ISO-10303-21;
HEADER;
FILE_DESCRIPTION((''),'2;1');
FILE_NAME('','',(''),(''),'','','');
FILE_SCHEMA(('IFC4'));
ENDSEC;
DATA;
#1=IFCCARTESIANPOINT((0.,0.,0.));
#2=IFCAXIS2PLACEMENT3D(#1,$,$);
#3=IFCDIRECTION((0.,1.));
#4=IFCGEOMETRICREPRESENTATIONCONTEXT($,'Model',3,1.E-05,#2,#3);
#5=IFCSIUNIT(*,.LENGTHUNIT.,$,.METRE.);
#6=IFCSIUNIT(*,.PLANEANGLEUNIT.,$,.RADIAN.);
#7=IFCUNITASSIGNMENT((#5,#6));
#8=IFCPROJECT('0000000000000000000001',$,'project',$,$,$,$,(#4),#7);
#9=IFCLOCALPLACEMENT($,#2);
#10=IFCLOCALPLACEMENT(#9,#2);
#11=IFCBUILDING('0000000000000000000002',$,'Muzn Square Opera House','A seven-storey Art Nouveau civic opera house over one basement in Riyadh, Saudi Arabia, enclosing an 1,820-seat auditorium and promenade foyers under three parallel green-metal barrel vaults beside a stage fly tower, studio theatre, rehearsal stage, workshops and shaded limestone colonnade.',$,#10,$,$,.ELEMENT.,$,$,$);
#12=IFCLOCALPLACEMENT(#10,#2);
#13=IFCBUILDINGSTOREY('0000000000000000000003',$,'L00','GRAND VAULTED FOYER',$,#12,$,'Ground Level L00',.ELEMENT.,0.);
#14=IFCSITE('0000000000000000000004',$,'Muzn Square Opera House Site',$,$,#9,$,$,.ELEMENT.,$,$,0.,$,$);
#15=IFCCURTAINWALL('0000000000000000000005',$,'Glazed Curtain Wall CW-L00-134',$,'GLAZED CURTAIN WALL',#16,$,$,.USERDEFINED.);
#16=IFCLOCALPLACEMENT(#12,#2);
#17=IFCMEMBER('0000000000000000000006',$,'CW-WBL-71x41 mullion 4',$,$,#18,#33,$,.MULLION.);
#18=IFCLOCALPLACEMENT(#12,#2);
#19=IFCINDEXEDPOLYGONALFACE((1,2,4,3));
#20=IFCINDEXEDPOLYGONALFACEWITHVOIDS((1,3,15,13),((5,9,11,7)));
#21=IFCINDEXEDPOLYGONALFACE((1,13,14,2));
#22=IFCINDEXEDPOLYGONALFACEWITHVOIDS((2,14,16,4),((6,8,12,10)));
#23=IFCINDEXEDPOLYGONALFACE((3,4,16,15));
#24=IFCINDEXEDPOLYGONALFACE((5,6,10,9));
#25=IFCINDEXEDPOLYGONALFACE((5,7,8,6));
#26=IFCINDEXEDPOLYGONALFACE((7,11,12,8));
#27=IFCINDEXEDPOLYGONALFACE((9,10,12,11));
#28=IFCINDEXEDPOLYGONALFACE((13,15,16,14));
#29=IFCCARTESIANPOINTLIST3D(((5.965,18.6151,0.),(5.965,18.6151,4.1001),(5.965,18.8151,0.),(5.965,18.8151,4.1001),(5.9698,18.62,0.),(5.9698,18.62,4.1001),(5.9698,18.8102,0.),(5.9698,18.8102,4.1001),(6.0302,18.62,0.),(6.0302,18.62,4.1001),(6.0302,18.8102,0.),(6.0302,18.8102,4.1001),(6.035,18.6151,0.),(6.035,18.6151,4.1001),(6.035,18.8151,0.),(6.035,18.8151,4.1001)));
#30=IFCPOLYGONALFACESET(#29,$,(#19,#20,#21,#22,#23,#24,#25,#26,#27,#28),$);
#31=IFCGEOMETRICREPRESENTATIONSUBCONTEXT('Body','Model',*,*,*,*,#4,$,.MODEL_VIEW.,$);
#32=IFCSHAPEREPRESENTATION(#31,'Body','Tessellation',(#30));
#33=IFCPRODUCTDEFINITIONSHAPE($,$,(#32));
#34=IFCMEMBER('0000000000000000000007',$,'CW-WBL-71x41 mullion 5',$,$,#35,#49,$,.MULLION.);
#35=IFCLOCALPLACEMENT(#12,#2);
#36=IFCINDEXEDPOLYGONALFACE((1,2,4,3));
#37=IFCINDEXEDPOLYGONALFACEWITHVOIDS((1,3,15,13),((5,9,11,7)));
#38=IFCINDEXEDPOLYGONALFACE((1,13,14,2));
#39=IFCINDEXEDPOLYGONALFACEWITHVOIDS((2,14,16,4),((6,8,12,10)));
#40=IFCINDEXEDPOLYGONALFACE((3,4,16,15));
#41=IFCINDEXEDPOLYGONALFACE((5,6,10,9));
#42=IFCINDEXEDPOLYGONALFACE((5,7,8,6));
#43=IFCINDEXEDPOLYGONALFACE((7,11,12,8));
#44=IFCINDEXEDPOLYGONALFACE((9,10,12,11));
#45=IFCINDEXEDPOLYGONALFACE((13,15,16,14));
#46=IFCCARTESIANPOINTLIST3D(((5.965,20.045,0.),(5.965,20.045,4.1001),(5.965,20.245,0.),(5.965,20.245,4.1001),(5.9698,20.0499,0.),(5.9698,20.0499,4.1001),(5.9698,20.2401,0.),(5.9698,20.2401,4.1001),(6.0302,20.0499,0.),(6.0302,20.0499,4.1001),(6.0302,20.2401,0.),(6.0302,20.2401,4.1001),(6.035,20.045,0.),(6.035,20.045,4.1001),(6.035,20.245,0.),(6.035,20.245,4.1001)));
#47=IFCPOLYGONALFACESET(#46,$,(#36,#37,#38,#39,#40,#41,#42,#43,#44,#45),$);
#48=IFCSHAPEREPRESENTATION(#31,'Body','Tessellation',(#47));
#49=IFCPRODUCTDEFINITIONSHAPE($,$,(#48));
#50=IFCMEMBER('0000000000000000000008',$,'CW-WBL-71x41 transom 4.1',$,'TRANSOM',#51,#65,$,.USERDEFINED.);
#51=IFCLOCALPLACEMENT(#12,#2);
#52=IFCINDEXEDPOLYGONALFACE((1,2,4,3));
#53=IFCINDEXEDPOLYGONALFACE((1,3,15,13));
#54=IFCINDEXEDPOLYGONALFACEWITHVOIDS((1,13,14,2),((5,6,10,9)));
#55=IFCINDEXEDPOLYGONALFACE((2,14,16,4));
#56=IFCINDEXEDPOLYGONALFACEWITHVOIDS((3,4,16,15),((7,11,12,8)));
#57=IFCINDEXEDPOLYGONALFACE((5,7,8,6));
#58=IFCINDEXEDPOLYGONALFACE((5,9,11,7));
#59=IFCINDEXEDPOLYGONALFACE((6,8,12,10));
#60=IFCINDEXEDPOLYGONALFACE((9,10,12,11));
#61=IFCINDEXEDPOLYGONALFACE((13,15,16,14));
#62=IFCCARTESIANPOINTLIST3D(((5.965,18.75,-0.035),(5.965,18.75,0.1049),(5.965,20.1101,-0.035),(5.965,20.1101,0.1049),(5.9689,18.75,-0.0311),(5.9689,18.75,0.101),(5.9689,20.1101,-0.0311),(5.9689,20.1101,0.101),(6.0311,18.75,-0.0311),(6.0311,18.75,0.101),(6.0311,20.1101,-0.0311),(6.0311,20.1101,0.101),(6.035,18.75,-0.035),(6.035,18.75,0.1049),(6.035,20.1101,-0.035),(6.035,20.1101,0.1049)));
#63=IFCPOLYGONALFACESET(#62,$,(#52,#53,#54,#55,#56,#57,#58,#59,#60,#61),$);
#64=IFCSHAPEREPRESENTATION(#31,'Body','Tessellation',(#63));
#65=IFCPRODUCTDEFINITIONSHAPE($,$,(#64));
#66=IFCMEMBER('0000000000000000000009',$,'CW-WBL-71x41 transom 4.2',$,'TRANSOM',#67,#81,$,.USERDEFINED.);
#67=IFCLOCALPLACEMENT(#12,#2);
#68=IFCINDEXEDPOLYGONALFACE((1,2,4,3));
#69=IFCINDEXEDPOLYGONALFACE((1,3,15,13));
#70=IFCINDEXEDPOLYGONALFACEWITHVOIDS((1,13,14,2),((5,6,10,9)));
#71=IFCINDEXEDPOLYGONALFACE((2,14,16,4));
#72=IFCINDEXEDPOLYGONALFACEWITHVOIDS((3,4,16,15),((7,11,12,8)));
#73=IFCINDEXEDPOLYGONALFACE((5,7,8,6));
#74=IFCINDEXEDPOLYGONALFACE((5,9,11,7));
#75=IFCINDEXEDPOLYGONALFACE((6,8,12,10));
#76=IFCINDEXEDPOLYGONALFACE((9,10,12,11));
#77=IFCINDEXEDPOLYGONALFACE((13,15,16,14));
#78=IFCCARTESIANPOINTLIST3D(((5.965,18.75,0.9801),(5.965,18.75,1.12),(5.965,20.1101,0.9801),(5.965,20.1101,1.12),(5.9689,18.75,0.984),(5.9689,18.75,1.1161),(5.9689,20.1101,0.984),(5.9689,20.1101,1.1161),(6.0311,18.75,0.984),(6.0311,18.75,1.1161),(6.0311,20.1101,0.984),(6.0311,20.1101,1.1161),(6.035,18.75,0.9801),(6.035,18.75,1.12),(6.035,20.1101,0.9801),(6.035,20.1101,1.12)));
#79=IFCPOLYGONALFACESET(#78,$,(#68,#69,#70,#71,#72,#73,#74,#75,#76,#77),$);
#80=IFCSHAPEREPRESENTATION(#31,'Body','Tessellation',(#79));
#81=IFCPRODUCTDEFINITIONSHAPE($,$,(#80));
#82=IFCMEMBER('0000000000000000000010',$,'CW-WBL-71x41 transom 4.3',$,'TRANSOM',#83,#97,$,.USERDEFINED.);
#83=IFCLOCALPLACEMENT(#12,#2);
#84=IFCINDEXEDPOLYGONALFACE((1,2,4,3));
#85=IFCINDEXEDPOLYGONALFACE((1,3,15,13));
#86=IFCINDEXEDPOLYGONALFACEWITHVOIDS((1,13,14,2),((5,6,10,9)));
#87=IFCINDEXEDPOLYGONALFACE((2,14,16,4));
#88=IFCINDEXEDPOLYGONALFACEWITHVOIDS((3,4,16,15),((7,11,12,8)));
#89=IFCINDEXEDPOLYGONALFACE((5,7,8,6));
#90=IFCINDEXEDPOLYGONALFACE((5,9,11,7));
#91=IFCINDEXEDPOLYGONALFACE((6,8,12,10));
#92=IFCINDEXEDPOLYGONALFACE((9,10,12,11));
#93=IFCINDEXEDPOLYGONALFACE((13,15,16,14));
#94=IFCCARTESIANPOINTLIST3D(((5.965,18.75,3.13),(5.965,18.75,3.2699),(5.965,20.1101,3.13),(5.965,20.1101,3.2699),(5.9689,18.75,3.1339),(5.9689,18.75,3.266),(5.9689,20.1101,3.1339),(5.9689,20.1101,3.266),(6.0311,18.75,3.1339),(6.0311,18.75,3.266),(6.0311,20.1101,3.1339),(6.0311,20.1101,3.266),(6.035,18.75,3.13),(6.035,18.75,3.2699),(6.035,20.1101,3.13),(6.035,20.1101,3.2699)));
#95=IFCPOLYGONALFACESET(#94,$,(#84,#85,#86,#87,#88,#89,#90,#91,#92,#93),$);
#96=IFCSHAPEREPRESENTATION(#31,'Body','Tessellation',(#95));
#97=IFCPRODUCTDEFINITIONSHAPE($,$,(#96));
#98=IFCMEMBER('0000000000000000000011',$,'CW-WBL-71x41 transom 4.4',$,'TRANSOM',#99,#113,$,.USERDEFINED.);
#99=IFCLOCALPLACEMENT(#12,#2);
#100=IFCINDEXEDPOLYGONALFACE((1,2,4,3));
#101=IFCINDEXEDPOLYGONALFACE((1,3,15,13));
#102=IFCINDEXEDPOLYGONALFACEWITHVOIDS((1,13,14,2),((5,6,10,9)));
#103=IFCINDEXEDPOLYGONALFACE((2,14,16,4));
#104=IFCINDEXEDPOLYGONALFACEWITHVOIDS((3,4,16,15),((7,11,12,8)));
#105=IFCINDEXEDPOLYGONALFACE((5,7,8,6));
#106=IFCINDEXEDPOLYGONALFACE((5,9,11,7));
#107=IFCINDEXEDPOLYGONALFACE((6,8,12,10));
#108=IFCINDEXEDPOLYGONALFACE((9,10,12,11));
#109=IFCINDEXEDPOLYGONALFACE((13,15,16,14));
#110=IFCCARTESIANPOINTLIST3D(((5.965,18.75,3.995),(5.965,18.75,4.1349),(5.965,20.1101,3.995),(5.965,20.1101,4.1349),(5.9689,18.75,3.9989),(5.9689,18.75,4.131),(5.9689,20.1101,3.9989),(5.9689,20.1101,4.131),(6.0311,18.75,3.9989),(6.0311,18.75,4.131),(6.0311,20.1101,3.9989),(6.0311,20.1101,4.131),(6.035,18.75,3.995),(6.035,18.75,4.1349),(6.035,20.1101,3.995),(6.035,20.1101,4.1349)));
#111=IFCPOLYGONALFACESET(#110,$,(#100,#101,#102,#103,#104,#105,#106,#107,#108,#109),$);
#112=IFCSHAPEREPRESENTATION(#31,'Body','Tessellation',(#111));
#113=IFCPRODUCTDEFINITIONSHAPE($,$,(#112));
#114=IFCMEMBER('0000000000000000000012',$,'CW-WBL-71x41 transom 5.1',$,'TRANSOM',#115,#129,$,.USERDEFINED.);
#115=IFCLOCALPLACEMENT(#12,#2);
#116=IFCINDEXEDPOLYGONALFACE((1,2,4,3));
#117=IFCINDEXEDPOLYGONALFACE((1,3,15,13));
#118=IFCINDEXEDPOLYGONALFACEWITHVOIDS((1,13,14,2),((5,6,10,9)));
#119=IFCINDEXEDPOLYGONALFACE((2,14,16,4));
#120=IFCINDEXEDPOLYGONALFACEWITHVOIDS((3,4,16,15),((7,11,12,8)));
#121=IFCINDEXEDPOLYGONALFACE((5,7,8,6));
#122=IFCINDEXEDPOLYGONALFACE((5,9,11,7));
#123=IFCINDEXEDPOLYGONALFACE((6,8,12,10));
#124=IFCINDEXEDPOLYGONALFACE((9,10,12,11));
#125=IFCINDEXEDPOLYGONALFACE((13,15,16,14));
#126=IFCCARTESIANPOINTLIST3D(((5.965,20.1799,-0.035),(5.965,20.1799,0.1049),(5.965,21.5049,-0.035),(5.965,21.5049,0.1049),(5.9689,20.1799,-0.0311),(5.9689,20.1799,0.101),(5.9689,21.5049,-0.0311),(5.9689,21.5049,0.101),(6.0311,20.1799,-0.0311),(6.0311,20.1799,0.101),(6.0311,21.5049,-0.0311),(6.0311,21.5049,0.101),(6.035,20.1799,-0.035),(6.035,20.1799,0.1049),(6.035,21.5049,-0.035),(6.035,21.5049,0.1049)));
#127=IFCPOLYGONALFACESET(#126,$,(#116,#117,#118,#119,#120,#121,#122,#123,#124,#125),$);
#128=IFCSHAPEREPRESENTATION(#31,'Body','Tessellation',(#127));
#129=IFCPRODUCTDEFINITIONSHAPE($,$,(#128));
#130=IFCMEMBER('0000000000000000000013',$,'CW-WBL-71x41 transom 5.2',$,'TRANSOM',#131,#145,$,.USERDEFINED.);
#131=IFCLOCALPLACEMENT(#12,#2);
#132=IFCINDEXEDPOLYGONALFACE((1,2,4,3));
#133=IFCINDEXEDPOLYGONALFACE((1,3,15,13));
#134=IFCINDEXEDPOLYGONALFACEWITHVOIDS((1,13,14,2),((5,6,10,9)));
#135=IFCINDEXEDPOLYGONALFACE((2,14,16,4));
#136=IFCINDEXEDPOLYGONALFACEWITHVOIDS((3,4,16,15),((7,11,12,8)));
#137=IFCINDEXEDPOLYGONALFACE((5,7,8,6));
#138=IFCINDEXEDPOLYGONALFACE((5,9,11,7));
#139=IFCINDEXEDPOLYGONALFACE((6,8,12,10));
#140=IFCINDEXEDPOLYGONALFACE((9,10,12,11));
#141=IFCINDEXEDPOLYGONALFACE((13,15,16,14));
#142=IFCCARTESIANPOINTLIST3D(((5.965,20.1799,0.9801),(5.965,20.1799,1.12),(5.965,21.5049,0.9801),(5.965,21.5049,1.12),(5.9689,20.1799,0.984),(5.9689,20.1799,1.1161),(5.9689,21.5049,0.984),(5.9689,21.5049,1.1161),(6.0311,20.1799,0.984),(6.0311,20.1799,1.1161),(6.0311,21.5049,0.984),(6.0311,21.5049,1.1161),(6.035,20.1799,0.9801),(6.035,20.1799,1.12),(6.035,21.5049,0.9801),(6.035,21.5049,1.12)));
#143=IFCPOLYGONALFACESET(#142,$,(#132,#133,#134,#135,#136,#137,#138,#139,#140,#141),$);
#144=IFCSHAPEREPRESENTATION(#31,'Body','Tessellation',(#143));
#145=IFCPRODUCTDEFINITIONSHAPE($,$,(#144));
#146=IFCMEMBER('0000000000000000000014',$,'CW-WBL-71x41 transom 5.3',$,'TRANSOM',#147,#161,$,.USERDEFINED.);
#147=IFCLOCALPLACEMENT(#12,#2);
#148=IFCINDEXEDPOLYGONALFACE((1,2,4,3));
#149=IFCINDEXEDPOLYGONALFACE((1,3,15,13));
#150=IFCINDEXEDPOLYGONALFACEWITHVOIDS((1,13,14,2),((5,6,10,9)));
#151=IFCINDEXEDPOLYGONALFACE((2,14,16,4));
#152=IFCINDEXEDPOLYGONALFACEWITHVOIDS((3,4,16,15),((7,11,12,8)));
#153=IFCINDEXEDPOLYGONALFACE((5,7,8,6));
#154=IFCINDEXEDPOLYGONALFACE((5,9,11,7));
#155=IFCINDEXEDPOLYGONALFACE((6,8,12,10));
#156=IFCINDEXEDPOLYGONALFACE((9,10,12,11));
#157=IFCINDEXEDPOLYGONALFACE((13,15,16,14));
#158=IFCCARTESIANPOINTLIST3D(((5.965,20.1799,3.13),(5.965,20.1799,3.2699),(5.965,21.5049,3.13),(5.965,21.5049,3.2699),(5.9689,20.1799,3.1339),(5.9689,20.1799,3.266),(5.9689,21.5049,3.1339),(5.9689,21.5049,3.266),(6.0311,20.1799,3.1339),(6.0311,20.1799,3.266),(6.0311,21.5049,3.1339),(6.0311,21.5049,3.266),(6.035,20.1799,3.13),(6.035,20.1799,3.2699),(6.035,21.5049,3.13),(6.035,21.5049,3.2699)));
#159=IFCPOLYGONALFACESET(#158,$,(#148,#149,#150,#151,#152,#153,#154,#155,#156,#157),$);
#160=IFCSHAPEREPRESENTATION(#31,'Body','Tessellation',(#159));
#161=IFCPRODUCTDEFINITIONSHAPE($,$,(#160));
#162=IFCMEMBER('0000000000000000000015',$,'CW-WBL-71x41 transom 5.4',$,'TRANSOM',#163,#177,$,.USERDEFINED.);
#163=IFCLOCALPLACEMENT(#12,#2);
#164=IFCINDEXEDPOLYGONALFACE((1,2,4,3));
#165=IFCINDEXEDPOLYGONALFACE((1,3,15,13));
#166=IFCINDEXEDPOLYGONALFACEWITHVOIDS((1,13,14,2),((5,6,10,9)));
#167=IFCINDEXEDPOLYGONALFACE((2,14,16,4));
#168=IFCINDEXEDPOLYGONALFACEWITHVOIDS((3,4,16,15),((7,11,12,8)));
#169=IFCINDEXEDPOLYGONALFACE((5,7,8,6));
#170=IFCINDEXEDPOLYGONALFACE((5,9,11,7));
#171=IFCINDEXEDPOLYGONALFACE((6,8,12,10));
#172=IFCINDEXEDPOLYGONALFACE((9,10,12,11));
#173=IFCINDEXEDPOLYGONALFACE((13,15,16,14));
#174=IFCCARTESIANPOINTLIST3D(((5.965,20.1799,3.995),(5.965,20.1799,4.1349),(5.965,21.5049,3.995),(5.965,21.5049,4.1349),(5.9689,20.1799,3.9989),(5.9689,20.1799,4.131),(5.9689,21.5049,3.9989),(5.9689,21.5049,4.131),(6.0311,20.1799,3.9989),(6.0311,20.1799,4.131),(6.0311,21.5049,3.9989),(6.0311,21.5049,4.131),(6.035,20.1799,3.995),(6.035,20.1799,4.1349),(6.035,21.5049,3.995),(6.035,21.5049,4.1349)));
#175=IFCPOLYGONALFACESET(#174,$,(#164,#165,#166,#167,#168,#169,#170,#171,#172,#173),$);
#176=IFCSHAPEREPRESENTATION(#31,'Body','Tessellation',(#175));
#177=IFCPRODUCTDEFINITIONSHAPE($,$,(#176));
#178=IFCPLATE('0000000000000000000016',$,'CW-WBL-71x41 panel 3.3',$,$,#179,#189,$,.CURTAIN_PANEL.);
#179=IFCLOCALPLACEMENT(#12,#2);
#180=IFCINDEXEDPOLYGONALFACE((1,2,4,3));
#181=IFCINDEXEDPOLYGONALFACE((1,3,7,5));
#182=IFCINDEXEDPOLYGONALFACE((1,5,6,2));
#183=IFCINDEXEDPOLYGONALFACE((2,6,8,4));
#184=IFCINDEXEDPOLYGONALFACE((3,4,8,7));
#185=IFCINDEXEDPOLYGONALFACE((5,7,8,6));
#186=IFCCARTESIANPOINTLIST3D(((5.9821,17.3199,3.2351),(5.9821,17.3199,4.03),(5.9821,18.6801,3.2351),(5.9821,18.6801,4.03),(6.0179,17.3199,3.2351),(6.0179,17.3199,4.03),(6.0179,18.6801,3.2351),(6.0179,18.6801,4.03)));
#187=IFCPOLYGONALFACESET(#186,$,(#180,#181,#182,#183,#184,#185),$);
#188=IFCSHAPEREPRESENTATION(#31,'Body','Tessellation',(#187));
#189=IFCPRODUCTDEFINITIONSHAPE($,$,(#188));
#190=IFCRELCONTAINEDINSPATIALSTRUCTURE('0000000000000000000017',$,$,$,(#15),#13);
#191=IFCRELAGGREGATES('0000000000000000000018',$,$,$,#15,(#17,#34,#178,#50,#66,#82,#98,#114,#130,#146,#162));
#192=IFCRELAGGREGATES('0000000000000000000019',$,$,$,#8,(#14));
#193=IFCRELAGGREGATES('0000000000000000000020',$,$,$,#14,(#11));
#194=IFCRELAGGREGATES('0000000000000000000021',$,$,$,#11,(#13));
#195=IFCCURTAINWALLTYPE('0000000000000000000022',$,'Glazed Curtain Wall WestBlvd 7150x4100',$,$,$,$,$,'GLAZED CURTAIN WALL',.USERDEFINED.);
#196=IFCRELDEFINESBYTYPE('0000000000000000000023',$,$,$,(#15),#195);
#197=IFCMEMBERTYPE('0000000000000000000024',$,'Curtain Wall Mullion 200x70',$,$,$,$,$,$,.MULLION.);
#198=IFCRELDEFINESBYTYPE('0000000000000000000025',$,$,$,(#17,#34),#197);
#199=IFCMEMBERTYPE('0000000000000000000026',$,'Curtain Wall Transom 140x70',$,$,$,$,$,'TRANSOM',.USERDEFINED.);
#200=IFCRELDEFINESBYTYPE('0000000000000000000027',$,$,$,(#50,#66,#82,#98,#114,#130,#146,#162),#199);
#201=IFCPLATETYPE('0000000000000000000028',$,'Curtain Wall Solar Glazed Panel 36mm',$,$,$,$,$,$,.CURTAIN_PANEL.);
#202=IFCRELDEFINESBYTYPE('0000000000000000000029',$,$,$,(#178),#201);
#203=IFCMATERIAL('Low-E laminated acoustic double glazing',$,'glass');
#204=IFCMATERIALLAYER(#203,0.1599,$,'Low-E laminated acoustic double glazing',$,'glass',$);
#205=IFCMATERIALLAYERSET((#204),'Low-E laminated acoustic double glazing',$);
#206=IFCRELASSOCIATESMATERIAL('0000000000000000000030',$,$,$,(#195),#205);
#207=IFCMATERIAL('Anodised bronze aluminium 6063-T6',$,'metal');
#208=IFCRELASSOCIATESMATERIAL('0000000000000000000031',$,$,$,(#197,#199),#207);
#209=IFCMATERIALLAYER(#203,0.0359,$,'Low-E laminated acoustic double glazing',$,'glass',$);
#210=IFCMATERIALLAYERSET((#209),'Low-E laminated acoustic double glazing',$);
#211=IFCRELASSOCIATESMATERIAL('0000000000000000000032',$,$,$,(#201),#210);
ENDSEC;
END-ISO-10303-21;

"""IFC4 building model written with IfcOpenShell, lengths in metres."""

from ifc_helpers import new_model, si_unit, direction, frame, origin, origin_2d, place, context, subcontext, project, spatial, rectangle, hollow_rectangle, extrude, material, layer, layer_set, material_profile, profile_set, type_object, element, aggregate, save


model = new_model("IFC4")

# Units and contexts
model_context = context("Model", 3, precision=1e-05, world=origin(), true_north=direction((0.0, 1.0)))
body_context = subcontext(model_context, "Body", "Model", "MODEL_VIEW")
ifc_project = project(units=[si_unit("LENGTHUNIT", "METRE"), si_unit("PLANEANGLEUNIT", "RADIAN")], contexts=[model_context])

# Site, building, storey
site_placement = place(None, origin())
site = spatial("IfcSite", under=ifc_project, at=site_placement, Name="Muzn Square Opera House Site", CompositionType="ELEMENT", RefElevation=0.0)
building_placement = place(site_placement, origin())
building = spatial("IfcBuilding", under=site, at=building_placement, Name="Muzn Square Opera House", Description="A seven-storey Art Nouveau civic opera house over one basement in Riyadh, Saudi Arabia, enclosing an 1,820-seat auditorium and promenade foyers under three parallel green-metal barrel vaults beside a stage fly tower, studio theatre, rehearsal stage, workshops and shaded limestone colonnade.", CompositionType="ELEMENT")
storey_placement = place(building_placement, origin())
storey = spatial("IfcBuildingStorey", under=building, at=storey_placement, Name="L00", Description="GRAND VAULTED FOYER", LongName="Ground Level L00", CompositionType="ELEMENT", Elevation=0.0)

# Curtain wall, members, plate
ifc_material_1 = material(Name="Low-E laminated acoustic double glazing", Category="glass")
ifc_layer_1 = layer(ifc_material_1, 0.1599, Name="Low-E laminated acoustic double glazing", Category="glass")
ifc_layer_set_1 = layer_set([ifc_layer_1], Name="Low-E laminated acoustic double glazing")
curtain_wall_type = type_object("IfcCurtainWallType", Name="Glazed Curtain Wall WestBlvd 7150x4100", ElementType="GLAZED CURTAIN WALL", PredefinedType="USERDEFINED", material=ifc_layer_set_1)
curtain_wall_placement = place(storey_placement, origin())
curtain_wall = element("IfcCurtainWall", 1, at=curtain_wall_placement, inside=storey, type_object=curtain_wall_type, Name="Glazed Curtain Wall CW-L00-134", ObjectType="GLAZED CURTAIN WALL", PredefinedType="USERDEFINED")
ifc_material_2 = material(Name="Anodised bronze aluminium 6063-T6", Category="metal")
ifc_material_profile_1 = material_profile(ifc_material_2, hollow_rectangle(XDim=0.0701, YDim=0.2, WallThickness=0.0049, at=origin_2d()), Name="ALU 200x70x5", Category="metal")
ifc_profile_set_1 = profile_set([ifc_material_profile_1], Name="Anodised bronze aluminium 6063-T6")
member_type_1 = type_object("IfcMemberType", Name="Curtain Wall Mullion 200x70", PredefinedType="MULLION", material=ifc_profile_set_1)
member_1_placement = place(storey_placement, frame((6.0, 18.7151, 0.0), z_axis=(0.0, 0.0, 1.0), x_axis=(-1.0, 0.0, 0.0)))
member_1 = element("IfcMember", 2, at=member_1_placement, type_object=member_type_1, Name="CW-WBL-71x41 mullion 4", PredefinedType="MULLION", context=body_context, shape_type="SweptSolid", body=[
    extrude(hollow_rectangle(XDim=0.0701, YDim=0.2, WallThickness=0.0049, at=origin_2d()), origin(), (0.0, 0.0, 1.0), 4.1001),
])
member_2_placement = place(storey_placement, frame((6.0, 20.145, 0.0), z_axis=(0.0, 0.0, 1.0), x_axis=(-1.0, 0.0, 0.0)))
member_2 = element("IfcMember", 3, at=member_2_placement, type_object=member_type_1, Name="CW-WBL-71x41 mullion 5", PredefinedType="MULLION", context=body_context, shape_type="SweptSolid", body=[
    extrude(hollow_rectangle(XDim=0.0701, YDim=0.2, WallThickness=0.0049, at=origin_2d()), origin(), (0.0, 0.0, 1.0), 4.1001),
])
ifc_material_profile_2 = material_profile(ifc_material_2, hollow_rectangle(XDim=0.0701, YDim=0.1399, WallThickness=0.0039, at=origin_2d()), Name="ALU 140x70x4", Category="metal")
ifc_profile_set_2 = profile_set([ifc_material_profile_2], Name="Anodised bronze aluminium 6063-T6")
member_type_2 = type_object("IfcMemberType", Name="Curtain Wall Transom 140x70", ElementType="TRANSOM", PredefinedType="USERDEFINED", material=ifc_profile_set_2)
member_3_placement = place(storey_placement, frame((6.0, 18.75, 0.0349), z_axis=(0.0, 1.0, 0.0), x_axis=(-1.0, 0.0, 0.0)))
member_3 = element("IfcMember", 4, at=member_3_placement, type_object=member_type_2, Name="CW-WBL-71x41 transom 4.1", ObjectType="TRANSOM", PredefinedType="USERDEFINED", context=body_context, shape_type="SweptSolid", body=[
    extrude(hollow_rectangle(XDim=0.0701, YDim=0.1399, WallThickness=0.0039, at=origin_2d()), origin(), (0.0, 0.0, 1.0), 1.3601),
])
member_4_placement = place(storey_placement, frame((6.0, 18.75, 1.05), z_axis=(0.0, 1.0, 0.0), x_axis=(-1.0, 0.0, 0.0)))
member_4 = element("IfcMember", 5, at=member_4_placement, type_object=member_type_2, Name="CW-WBL-71x41 transom 4.2", ObjectType="TRANSOM", PredefinedType="USERDEFINED", context=body_context, shape_type="SweptSolid", body=[
    extrude(hollow_rectangle(XDim=0.0701, YDim=0.1399, WallThickness=0.0039, at=origin_2d()), origin(), (0.0, 0.0, 1.0), 1.3601),
])
member_5_placement = place(storey_placement, frame((6.0, 18.75, 3.2), z_axis=(0.0, 1.0, 0.0), x_axis=(-1.0, 0.0, 0.0)))
member_5 = element("IfcMember", 6, at=member_5_placement, type_object=member_type_2, Name="CW-WBL-71x41 transom 4.3", ObjectType="TRANSOM", PredefinedType="USERDEFINED", context=body_context, shape_type="SweptSolid", body=[
    extrude(hollow_rectangle(XDim=0.0701, YDim=0.1399, WallThickness=0.0039, at=origin_2d()), origin(), (0.0, 0.0, 1.0), 1.3601),
])
member_6_placement = place(storey_placement, frame((6.0, 18.75, 4.0649), z_axis=(0.0, 1.0, 0.0), x_axis=(-1.0, 0.0, 0.0)))
member_6 = element("IfcMember", 7, at=member_6_placement, type_object=member_type_2, Name="CW-WBL-71x41 transom 4.4", ObjectType="TRANSOM", PredefinedType="USERDEFINED", context=body_context, shape_type="SweptSolid", body=[
    extrude(hollow_rectangle(XDim=0.0701, YDim=0.1399, WallThickness=0.0039, at=origin_2d()), origin(), (0.0, 0.0, 1.0), 1.3601),
])
member_7_placement = place(storey_placement, frame((6.0, 20.1799, 0.0349), z_axis=(0.0, 1.0, 0.0), x_axis=(-1.0, 0.0, 0.0)))
member_7 = element("IfcMember", 8, at=member_7_placement, type_object=member_type_2, Name="CW-WBL-71x41 transom 5.1", ObjectType="TRANSOM", PredefinedType="USERDEFINED", context=body_context, shape_type="SweptSolid", body=[
    extrude(hollow_rectangle(XDim=0.0701, YDim=0.1399, WallThickness=0.0039, at=origin_2d()), origin(), (0.0, 0.0, 1.0), 1.325),
])
member_8_placement = place(storey_placement, frame((6.0, 20.1799, 1.05), z_axis=(0.0, 1.0, 0.0), x_axis=(-1.0, 0.0, 0.0)))
member_8 = element("IfcMember", 9, at=member_8_placement, type_object=member_type_2, Name="CW-WBL-71x41 transom 5.2", ObjectType="TRANSOM", PredefinedType="USERDEFINED", context=body_context, shape_type="SweptSolid", body=[
    extrude(hollow_rectangle(XDim=0.0701, YDim=0.1399, WallThickness=0.0039, at=origin_2d()), origin(), (0.0, 0.0, 1.0), 1.325),
])
member_9_placement = place(storey_placement, frame((6.0, 20.1799, 3.2), z_axis=(0.0, 1.0, 0.0), x_axis=(-1.0, 0.0, 0.0)))
member_9 = element("IfcMember", 10, at=member_9_placement, type_object=member_type_2, Name="CW-WBL-71x41 transom 5.3", ObjectType="TRANSOM", PredefinedType="USERDEFINED", context=body_context, shape_type="SweptSolid", body=[
    extrude(hollow_rectangle(XDim=0.0701, YDim=0.1399, WallThickness=0.0039, at=origin_2d()), origin(), (0.0, 0.0, 1.0), 1.325),
])
member_10_placement = place(storey_placement, frame((6.0, 20.1799, 4.0649), z_axis=(0.0, 1.0, 0.0), x_axis=(-1.0, 0.0, 0.0)))
member_10 = element("IfcMember", 11, at=member_10_placement, type_object=member_type_2, Name="CW-WBL-71x41 transom 5.4", ObjectType="TRANSOM", PredefinedType="USERDEFINED", context=body_context, shape_type="SweptSolid", body=[
    extrude(hollow_rectangle(XDim=0.0701, YDim=0.1399, WallThickness=0.0039, at=origin_2d()), origin(), (0.0, 0.0, 1.0), 1.325),
])
ifc_layer_2 = layer(ifc_material_1, 0.0359, Name="Low-E laminated acoustic double glazing", Category="glass")
ifc_layer_set_2 = layer_set([ifc_layer_2], Name="Low-E laminated acoustic double glazing")
plate_type = type_object("IfcPlateType", Name="Curtain Wall Solar Glazed Panel 36mm", PredefinedType="CURTAIN_PANEL", material=ifc_layer_set_2)
plate_1_placement = place(storey_placement, frame((6.0, 18.0, 3.2351), z_axis=(0.0, 0.0, 1.0), x_axis=(0.0, 1.0, 0.0)))
plate_1 = element("IfcPlate", 12, at=plate_1_placement, type_object=plate_type, Name="CW-WBL-71x41 panel 3.3", PredefinedType="CURTAIN_PANEL", context=body_context, shape_type="SweptSolid", body=[
    extrude(rectangle(XDim=1.3601, YDim=0.0359, at=origin_2d()), origin(), (0.0, 0.0, 1.0), 0.7949),
])
aggregate(curtain_wall, [member_1, member_2, plate_1, member_3, member_4, member_5, member_6, member_7, member_8, member_9, member_10])

save(model, "model.ifc")
